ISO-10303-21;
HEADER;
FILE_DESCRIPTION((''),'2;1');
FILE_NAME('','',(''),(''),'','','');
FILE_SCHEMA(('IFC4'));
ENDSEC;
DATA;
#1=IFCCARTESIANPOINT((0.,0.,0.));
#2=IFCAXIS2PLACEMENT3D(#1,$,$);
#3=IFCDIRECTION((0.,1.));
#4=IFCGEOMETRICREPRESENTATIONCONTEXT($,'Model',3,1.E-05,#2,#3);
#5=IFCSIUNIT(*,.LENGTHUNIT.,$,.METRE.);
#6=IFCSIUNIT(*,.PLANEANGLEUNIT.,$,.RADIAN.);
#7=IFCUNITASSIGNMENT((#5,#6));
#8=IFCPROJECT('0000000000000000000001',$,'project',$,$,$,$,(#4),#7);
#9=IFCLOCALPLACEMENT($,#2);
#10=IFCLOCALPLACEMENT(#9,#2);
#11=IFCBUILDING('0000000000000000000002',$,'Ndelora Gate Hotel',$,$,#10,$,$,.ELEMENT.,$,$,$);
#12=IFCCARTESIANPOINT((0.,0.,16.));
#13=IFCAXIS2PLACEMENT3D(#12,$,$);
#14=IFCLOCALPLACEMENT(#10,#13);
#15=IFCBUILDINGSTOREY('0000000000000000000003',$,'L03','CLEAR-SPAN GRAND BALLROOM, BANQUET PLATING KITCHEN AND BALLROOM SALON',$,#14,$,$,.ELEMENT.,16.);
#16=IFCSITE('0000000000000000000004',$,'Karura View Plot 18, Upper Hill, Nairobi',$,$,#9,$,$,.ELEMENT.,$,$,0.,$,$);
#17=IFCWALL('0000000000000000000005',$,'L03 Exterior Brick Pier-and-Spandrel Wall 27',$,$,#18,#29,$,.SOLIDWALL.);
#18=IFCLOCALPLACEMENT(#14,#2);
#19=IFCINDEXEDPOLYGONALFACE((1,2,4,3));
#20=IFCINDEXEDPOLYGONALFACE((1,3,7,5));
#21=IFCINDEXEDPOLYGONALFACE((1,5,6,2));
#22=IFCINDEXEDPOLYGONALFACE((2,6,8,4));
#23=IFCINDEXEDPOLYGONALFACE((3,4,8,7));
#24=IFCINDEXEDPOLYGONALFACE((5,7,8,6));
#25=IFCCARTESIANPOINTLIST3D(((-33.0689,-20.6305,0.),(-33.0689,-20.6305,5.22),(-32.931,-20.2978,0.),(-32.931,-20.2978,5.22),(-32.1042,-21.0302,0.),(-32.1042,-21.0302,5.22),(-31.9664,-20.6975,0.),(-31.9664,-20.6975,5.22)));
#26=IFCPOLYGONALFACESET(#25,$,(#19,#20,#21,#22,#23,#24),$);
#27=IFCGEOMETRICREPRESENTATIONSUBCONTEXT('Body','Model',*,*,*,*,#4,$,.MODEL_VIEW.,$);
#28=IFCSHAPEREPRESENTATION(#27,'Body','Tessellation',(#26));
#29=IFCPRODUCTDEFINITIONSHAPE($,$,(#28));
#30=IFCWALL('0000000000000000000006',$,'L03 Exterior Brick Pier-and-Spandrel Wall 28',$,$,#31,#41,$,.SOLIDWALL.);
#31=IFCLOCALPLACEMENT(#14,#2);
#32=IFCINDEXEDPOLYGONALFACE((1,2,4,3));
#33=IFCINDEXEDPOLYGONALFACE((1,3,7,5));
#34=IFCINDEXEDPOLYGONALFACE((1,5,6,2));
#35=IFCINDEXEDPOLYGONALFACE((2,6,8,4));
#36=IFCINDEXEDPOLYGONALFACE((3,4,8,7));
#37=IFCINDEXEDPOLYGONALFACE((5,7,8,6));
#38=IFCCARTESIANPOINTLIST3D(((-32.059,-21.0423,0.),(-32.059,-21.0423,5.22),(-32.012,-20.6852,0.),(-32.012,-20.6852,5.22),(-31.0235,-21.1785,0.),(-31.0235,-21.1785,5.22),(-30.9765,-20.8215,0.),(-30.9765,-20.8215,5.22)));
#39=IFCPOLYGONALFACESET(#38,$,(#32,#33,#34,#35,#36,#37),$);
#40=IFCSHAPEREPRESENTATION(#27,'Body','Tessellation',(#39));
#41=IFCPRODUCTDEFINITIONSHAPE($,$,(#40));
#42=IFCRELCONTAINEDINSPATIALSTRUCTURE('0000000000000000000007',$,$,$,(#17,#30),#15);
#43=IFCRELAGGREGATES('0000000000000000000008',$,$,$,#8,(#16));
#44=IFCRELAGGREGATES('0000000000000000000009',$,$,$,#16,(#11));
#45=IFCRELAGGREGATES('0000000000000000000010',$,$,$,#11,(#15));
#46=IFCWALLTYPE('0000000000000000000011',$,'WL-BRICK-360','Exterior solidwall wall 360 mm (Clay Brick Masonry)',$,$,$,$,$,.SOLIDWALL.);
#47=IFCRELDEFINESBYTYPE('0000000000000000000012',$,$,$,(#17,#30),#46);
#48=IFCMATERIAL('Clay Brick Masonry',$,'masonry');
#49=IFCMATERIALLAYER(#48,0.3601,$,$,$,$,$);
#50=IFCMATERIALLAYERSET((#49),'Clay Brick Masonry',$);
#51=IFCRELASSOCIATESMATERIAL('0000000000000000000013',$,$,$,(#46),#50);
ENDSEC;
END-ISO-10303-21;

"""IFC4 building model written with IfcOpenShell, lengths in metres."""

from ifc_helpers import new_model, si_unit, direction, frame, frame_2d, origin, place, context, subcontext, project, spatial, rectangle, extrude, material, layer, layer_set, type_object, element, save


model = new_model("IFC4")

# Units and contexts
model_context = context("Model", 3, precision=1e-05, world=origin(), true_north=direction((0.0, 1.0)))
body_context = subcontext(model_context, "Body", "Model", "MODEL_VIEW")
ifc_project = project(units=[si_unit("LENGTHUNIT", "METRE"), si_unit("PLANEANGLEUNIT", "RADIAN")], contexts=[model_context])

# Site, building, storey
site_placement = place(None, origin())
site = spatial("IfcSite", under=ifc_project, at=site_placement, Name="Karura View Plot 18, Upper Hill, Nairobi", CompositionType="ELEMENT", RefElevation=0.0)
building_placement = place(site_placement, origin())
building = spatial("IfcBuilding", under=site, at=building_placement, Name="Ndelora Gate Hotel", CompositionType="ELEMENT")
storey_placement = place(building_placement, frame((0.0, 0.0, 16.0)))
storey = spatial("IfcBuildingStorey", under=building, at=storey_placement, Name="L03", Description="CLEAR-SPAN GRAND BALLROOM, BANQUET PLATING KITCHEN AND BALLROOM SALON", CompositionType="ELEMENT", Elevation=16.0)

# Shared definitions
ifc_material_1 = material(Name="Clay Brick Masonry", Category="masonry")
ifc_layer = layer(ifc_material_1, 0.3601)
ifc_layer_set = layer_set([ifc_layer], Name="Clay Brick Masonry")
wall_type = type_object("IfcWallType", Name="WL-BRICK-360", Description="Exterior solidwall wall 360 mm (Clay Brick Masonry)", PredefinedType="SOLIDWALL", material=ifc_layer_set)

# Walls
for number, where, z_axis, x_axis, name in (
    (1, (-32.0354, -20.8638, 0.0), (0.0, 0.0, 1.0), (-0.923843, 0.382772, 0.0), "L03 Exterior Brick Pier-and-Spandrel Wall 27"),
):
    element("IfcWall", number, at=place(storey_placement, frame(where, z_axis=z_axis, x_axis=x_axis)), inside=storey, type_object=wall_type, Name=name, PredefinedType="SOLIDWALL", context=body_context, shape_type="SweptSolid", body=[
        extrude(rectangle(XDim=1.0442, YDim=0.3601, at=frame_2d((0.522, 0.0))), origin(), (0.0, 0.0, 1.0), 5.22),
    ])
wall_1_placement = place(storey_placement, frame((-31.0, -21.0, 0.0), z_axis=(0.0, 0.0, 1.0), x_axis=(-0.991455, 0.130448, 0.0)))
element("IfcWall", 2, at=wall_1_placement, inside=storey, type_object=wall_type, Name="L03 Exterior Brick Pier-and-Spandrel Wall 28", PredefinedType="SOLIDWALL", context=body_context, shape_type="SweptSolid", body=[
    extrude(rectangle(XDim=1.0444, YDim=0.3601, at=frame_2d((0.5222, 0.0))), origin(), (0.0, 0.0, 1.0), 5.22),
])

save(model, "model.ifc")
